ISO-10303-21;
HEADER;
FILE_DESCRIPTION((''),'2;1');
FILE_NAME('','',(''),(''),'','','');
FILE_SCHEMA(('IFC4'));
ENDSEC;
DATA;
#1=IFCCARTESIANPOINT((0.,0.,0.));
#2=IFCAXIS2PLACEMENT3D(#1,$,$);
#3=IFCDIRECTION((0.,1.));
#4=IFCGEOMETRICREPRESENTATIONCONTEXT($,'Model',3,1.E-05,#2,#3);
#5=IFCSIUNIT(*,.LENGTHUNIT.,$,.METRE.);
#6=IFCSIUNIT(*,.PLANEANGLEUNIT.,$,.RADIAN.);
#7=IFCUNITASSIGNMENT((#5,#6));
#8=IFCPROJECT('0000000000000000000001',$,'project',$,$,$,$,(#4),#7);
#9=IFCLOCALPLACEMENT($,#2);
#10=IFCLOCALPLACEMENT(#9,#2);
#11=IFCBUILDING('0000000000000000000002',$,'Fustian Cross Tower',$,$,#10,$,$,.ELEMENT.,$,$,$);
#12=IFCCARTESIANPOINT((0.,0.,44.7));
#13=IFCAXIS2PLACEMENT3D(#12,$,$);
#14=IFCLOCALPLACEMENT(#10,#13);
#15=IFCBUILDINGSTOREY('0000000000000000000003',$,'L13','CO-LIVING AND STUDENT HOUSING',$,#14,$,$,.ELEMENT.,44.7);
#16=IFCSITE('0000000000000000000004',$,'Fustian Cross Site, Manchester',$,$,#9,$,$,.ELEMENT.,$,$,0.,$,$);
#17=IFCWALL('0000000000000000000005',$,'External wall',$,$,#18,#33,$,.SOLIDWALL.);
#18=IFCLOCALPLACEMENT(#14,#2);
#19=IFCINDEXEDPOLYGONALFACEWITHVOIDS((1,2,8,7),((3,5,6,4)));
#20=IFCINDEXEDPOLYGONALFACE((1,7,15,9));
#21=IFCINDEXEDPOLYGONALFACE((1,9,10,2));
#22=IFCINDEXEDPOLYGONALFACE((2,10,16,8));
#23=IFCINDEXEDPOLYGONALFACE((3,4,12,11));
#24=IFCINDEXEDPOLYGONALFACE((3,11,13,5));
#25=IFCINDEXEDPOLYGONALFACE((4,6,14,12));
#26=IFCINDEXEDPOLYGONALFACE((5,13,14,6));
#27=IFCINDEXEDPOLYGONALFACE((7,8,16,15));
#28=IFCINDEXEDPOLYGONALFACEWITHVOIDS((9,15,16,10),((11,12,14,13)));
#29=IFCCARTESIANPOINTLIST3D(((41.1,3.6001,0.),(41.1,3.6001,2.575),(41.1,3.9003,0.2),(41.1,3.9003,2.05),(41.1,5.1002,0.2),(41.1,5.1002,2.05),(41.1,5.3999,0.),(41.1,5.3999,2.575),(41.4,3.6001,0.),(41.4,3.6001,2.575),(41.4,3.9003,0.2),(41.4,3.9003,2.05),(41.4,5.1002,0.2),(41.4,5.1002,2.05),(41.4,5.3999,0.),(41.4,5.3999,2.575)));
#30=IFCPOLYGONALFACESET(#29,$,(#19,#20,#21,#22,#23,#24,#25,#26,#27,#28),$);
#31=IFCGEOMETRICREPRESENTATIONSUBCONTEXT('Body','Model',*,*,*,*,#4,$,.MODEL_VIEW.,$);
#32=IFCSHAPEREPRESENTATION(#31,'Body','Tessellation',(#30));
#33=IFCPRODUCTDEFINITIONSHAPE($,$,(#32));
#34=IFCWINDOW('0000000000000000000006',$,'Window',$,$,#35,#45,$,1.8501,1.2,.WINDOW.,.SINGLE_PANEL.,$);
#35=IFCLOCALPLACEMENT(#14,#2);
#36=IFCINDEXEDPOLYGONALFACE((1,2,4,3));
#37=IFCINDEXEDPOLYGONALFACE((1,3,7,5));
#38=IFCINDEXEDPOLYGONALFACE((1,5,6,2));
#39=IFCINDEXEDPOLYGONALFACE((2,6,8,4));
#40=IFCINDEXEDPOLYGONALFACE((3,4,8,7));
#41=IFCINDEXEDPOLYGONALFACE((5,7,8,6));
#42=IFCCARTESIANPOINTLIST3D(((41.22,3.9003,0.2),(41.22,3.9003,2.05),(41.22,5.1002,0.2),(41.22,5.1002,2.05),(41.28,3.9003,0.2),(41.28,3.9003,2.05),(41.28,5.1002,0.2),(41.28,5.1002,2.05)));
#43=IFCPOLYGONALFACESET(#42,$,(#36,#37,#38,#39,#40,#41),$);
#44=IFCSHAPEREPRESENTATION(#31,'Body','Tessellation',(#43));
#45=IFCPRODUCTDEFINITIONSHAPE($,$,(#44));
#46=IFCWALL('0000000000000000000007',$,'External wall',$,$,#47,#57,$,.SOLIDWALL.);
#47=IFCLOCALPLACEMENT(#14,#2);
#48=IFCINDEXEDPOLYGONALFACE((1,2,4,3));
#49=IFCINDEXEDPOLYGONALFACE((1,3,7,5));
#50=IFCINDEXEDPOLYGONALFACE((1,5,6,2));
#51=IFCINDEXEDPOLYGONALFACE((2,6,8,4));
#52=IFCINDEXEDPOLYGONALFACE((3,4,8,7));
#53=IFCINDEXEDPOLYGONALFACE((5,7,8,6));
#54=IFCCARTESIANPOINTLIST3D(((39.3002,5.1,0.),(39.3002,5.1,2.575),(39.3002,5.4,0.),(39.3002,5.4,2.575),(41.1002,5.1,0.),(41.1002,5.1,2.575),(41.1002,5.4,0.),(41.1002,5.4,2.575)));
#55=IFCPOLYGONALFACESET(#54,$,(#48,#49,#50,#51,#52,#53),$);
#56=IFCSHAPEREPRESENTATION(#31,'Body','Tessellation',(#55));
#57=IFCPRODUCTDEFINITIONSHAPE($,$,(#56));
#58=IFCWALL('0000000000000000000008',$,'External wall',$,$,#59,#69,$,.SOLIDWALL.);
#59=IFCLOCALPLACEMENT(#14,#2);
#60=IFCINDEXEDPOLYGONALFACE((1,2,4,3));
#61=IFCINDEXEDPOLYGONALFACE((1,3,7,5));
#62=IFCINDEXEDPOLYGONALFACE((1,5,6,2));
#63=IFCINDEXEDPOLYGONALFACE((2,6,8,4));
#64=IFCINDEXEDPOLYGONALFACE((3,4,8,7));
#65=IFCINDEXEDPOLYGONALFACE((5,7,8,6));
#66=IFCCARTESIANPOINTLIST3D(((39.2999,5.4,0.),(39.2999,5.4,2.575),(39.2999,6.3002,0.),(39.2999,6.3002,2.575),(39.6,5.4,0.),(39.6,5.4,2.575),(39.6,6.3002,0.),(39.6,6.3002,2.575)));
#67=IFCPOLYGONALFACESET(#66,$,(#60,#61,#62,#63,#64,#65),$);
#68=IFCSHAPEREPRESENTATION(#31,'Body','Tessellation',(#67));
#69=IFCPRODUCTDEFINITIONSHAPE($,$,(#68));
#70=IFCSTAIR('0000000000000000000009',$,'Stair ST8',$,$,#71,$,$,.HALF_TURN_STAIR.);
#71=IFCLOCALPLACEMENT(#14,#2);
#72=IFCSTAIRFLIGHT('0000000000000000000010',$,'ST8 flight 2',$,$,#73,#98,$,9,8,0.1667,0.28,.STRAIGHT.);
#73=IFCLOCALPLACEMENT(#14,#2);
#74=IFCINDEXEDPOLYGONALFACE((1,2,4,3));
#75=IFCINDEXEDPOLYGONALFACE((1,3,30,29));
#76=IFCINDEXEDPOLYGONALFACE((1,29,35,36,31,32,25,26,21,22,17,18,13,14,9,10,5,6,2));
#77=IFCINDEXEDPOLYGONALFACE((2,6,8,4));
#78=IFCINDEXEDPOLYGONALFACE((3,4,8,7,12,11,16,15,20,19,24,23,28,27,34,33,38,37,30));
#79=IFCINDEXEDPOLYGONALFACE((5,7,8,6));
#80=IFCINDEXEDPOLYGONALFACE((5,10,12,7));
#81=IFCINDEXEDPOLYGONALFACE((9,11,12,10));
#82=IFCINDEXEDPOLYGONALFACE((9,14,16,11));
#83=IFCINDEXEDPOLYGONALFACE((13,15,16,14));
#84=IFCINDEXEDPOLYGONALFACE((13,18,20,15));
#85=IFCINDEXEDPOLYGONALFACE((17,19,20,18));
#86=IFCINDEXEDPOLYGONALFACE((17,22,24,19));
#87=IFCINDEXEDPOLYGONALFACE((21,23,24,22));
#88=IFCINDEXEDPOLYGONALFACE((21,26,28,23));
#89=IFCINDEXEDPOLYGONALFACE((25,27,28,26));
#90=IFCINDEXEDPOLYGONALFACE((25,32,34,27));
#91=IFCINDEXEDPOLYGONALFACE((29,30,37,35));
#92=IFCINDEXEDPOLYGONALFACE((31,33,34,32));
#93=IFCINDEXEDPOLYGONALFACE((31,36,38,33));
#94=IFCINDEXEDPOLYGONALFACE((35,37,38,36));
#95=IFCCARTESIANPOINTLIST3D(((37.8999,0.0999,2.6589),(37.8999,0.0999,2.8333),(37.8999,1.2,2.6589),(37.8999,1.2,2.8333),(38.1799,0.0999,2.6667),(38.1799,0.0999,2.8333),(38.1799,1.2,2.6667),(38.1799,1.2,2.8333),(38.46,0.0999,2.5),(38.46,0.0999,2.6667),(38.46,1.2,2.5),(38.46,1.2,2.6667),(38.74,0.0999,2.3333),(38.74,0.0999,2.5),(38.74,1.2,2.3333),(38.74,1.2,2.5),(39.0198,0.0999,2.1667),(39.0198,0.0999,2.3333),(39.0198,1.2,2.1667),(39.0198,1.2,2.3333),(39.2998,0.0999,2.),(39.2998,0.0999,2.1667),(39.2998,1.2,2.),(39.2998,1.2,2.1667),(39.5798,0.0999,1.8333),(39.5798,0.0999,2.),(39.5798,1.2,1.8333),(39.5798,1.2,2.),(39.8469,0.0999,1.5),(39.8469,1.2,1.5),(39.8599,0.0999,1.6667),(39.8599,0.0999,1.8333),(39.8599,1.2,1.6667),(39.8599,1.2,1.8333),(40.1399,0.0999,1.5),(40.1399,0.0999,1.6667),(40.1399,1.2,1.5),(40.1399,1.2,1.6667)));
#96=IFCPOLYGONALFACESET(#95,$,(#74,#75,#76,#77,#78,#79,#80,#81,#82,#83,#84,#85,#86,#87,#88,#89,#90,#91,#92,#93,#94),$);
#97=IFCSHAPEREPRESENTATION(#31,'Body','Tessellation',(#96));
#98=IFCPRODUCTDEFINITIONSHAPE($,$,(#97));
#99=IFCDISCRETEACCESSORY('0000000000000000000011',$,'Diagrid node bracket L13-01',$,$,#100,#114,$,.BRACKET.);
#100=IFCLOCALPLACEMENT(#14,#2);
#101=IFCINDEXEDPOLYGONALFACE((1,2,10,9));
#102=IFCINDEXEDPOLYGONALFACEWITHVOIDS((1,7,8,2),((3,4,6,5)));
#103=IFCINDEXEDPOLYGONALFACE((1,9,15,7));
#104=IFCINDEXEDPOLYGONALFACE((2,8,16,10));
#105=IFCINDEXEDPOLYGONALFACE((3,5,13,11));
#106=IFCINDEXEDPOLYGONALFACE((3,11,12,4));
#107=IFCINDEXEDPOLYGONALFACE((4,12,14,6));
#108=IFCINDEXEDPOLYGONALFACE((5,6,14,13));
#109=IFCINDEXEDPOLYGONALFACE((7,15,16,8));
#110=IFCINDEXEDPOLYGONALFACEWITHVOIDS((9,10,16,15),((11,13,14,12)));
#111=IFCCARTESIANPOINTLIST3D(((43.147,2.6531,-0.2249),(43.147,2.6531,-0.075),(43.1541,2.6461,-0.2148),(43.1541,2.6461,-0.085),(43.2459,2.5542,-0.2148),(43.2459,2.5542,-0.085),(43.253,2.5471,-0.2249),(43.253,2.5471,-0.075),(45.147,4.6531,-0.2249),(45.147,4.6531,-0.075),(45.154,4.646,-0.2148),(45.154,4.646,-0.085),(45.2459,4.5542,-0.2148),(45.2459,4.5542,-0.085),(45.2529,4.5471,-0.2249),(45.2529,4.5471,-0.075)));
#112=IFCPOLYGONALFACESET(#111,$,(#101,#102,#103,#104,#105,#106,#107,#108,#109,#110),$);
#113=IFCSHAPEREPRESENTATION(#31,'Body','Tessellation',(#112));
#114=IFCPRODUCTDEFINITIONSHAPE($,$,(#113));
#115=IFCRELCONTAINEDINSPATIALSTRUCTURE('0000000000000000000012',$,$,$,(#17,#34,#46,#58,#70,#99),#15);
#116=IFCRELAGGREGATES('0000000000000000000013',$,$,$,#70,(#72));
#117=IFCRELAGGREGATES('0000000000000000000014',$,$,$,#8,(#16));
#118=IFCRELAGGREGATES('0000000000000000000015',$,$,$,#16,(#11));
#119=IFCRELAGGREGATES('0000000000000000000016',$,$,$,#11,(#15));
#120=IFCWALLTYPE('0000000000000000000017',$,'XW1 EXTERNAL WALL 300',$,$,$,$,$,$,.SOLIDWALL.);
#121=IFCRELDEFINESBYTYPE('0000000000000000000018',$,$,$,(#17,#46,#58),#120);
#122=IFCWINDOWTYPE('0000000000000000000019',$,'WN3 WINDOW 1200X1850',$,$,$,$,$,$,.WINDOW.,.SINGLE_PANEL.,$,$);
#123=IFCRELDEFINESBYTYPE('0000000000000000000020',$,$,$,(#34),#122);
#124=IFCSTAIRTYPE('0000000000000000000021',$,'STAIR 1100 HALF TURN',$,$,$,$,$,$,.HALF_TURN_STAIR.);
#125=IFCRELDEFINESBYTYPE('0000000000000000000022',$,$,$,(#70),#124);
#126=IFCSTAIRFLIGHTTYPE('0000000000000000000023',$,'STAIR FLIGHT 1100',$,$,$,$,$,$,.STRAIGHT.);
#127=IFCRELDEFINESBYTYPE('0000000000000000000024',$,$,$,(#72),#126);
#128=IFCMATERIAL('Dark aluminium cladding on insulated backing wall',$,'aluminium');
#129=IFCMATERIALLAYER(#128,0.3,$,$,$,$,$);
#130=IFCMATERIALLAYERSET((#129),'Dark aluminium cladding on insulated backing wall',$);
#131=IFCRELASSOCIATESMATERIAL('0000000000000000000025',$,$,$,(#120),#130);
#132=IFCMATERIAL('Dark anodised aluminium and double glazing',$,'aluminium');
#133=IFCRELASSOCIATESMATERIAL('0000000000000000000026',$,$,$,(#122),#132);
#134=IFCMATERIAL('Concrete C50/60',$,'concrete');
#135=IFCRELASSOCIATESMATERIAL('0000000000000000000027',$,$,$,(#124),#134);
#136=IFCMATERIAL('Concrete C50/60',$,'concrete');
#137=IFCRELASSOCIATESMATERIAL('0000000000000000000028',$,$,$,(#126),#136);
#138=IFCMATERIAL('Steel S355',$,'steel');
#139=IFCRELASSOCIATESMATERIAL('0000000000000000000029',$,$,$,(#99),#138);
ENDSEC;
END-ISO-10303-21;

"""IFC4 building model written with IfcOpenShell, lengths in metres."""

from ifc_helpers import new_model, si_unit, direction, frame, frame_2d, origin, origin_2d, place, context, subcontext, project, spatial, polyline, rectangle, hollow_rectangle, outline, extrude, material, layer, layer_set, type_object, element, fill, aggregate, save


model = new_model("IFC4")

# Units and contexts
model_context = context("Model", 3, precision=1e-05, world=origin(), true_north=direction((0.0, 1.0)))
body_context = subcontext(model_context, "Body", "Model", "MODEL_VIEW")
ifc_project = project(units=[si_unit("LENGTHUNIT", "METRE"), si_unit("PLANEANGLEUNIT", "RADIAN")], contexts=[model_context])

# Site, building, storey
site_placement = place(None, origin())
site = spatial("IfcSite", under=ifc_project, at=site_placement, Name="Fustian Cross Site, Manchester", CompositionType="ELEMENT", RefElevation=0.0)
building_placement = place(site_placement, origin())
building = spatial("IfcBuilding", under=site, at=building_placement, Name="Fustian Cross Tower", CompositionType="ELEMENT")
storey_placement = place(building_placement, frame((0.0, 0.0, 44.7)))
storey = spatial("IfcBuildingStorey", under=building, at=storey_placement, Name="L13", Description="CO-LIVING AND STUDENT HOUSING", CompositionType="ELEMENT", Elevation=44.7)

# Shared definitions
ifc_material_1 = material(Name="Dark aluminium cladding on insulated backing wall", Category="aluminium")
ifc_layer_1 = layer(ifc_material_1, 0.3)
ifc_layer_set_1 = layer_set([ifc_layer_1], Name="Dark aluminium cladding on insulated backing wall")
wall_type_1 = type_object("IfcWallType", Name="XW1 EXTERNAL WALL 300", PredefinedType="SOLIDWALL", material=ifc_layer_set_1)

# Wall, opening, window
wall_1_placement = place(storey_placement, frame((41.25, 3.6001, 0.0), z_axis=(0.0, 0.0, 1.0), x_axis=(0.0, 1.0, 0.0)))
wall_1 = element("IfcWall", 1, at=wall_1_placement, inside=storey, type_object=wall_type_1, Name="External wall", PredefinedType="SOLIDWALL", context=body_context, shape_type="SweptSolid", body=[
    extrude(rectangle(XDim=1.7998, YDim=0.3, at=frame_2d((0.8999, 0.0))), origin(), (0.0, 0.0, 1.0), 2.575),
])
opening_placement = place(wall_1_placement, frame((0.3, 0.0, 0.2)))
opening = element("IfcOpeningElement", 2, at=opening_placement, cuts=wall_1, PredefinedType="OPENING", context=body_context, shape_type="SweptSolid", body=[
    extrude(rectangle(XDim=1.2, YDim=1.8501, at=frame_2d((0.6001, 0.925))), frame((0.0, 0.1599, 0.0), z_axis=(0.0, -1.0, 0.0), x_axis=(1.0, 0.0, 0.0)), (0.0, 0.0, 1.0), 0.3201),
])
ifc_material_2 = material(Name="Dark anodised aluminium and double glazing", Category="aluminium")
window_type = type_object("IfcWindowType", Name="WN3 WINDOW 1200X1850", PartitioningType="SINGLE_PANEL", PredefinedType="WINDOW", material=ifc_material_2)
window_placement = place(opening_placement, origin())
window = element("IfcWindow", 3, at=window_placement, inside=storey, type_object=window_type, Name="Window", OverallHeight=1.8501, OverallWidth=1.2, PartitioningType="SINGLE_PANEL", PredefinedType="WINDOW", context=body_context, shape_type="SweptSolid", body=[
    extrude(rectangle(XDim=1.2, YDim=1.8501, at=frame_2d((0.6001, 0.925))), frame((0.0, 0.03, 0.0), z_axis=(0.0, -1.0, 0.0), x_axis=(1.0, 0.0, 0.0)), (0.0, 0.0, 1.0), 0.0601),
])
fill(opening, window)

# Walls
wall_2_placement = place(storey_placement, frame((41.1001, 5.25, 0.0), z_axis=(0.0, 0.0, 1.0), x_axis=(-1.0, 0.0, 0.0)))
element("IfcWall", 4, at=wall_2_placement, inside=storey, type_object=wall_type_1, Name="External wall", PredefinedType="SOLIDWALL", context=body_context, shape_type="SweptSolid", body=[
    extrude(rectangle(XDim=1.8, YDim=0.3, at=frame_2d((0.8999, 0.0))), origin(), (0.0, 0.0, 1.0), 2.575),
])
wall_3_placement = place(storey_placement, frame((39.45, 5.3999, 0.0), z_axis=(0.0, 0.0, 1.0), x_axis=(0.0, 1.0, 0.0)))
element("IfcWall", 5, at=wall_3_placement, inside=storey, type_object=wall_type_1, Name="External wall", PredefinedType="SOLIDWALL", context=body_context, shape_type="SweptSolid", body=[
    extrude(rectangle(XDim=0.9001, YDim=0.3, at=frame_2d((0.4502, 0.0))), origin(), (0.0, 0.0, 1.0), 2.575),
])

# Stair, stair flight
ifc_material_3 = material(Name="Concrete C50/60", Category="concrete")
stair_type = type_object("IfcStairType", Name="STAIR 1100 HALF TURN", PredefinedType="HALF_TURN_STAIR", material=ifc_material_3)
stair_placement = place(storey_placement, origin())
stair = element("IfcStair", 6, at=stair_placement, inside=storey, type_object=stair_type, Name="Stair ST8", PredefinedType="HALF_TURN_STAIR")
ifc_material_4 = material(Name="Concrete C50/60", Category="concrete")
stair_flight_type = type_object("IfcStairFlightType", Name="STAIR FLIGHT 1100", PredefinedType="STRAIGHT", material=ifc_material_4)
stair_flight_placement = place(storey_placement, frame((40.1399, 0.6499, 1.5), z_axis=(0.0, 0.0, 1.0), x_axis=(-1.0, 0.0, 0.0)))
stair_flight = element("IfcStairFlight", 7, at=stair_flight_placement, type_object=stair_flight_type, Name="ST8 flight 2", NumberOfRisers=9, NumberOfTreads=8, PredefinedType="STRAIGHT", RiserHeight=0.1667, TreadLength=0.28, context=body_context, shape_type="SweptSolid", body=[
    extrude(outline(polyline([(0.0, 0.0), (0.0, 0.1667), (0.28, 0.1667), (0.28, 0.3333), (0.5601, 0.3333), (0.5601, 0.5), (0.8401, 0.5), (0.8401, 0.6667), (1.1201, 0.6667), (1.1201, 0.8333), (1.3999, 0.8333), (1.3999, 1.0), (1.6799, 1.0), (1.6799, 1.1667), (1.96, 1.1667), (1.96, 1.3333), (2.24, 1.3333), (2.24, 1.5), (2.24, 1.1589), (0.293, 0.0), (0.0, 0.0)])), frame((0.0, 0.55, 0.0), z_axis=(0.0, -1.0, 0.0), x_axis=(1.0, 0.0, 0.0)), (0.0, 0.0, 1.0), 1.1001),
])
aggregate(stair, [stair_flight])

# Discrete accessory
ifc_material_5 = material(Name="Steel S355", Category="steel")
discrete_accessory_placement = place(storey_placement, frame((45.2, 4.6001, -0.1499), z_axis=(-0.707107, -0.707107, 0.0), x_axis=(0.707107, -0.707107, 0.0)))
element("IfcDiscreteAccessory", 8, at=discrete_accessory_placement, inside=storey, material=ifc_material_5, Name="Diagrid node bracket L13-01", PredefinedType="BRACKET", context=body_context, shape_type="SweptSolid", body=[
    extrude(hollow_rectangle(XDim=0.1499, YDim=0.1499, WallThickness=0.01, at=origin_2d()), origin(), (0.0, 0.0, 1.0), 2.8284),
])

save(model, "model.ifc")
